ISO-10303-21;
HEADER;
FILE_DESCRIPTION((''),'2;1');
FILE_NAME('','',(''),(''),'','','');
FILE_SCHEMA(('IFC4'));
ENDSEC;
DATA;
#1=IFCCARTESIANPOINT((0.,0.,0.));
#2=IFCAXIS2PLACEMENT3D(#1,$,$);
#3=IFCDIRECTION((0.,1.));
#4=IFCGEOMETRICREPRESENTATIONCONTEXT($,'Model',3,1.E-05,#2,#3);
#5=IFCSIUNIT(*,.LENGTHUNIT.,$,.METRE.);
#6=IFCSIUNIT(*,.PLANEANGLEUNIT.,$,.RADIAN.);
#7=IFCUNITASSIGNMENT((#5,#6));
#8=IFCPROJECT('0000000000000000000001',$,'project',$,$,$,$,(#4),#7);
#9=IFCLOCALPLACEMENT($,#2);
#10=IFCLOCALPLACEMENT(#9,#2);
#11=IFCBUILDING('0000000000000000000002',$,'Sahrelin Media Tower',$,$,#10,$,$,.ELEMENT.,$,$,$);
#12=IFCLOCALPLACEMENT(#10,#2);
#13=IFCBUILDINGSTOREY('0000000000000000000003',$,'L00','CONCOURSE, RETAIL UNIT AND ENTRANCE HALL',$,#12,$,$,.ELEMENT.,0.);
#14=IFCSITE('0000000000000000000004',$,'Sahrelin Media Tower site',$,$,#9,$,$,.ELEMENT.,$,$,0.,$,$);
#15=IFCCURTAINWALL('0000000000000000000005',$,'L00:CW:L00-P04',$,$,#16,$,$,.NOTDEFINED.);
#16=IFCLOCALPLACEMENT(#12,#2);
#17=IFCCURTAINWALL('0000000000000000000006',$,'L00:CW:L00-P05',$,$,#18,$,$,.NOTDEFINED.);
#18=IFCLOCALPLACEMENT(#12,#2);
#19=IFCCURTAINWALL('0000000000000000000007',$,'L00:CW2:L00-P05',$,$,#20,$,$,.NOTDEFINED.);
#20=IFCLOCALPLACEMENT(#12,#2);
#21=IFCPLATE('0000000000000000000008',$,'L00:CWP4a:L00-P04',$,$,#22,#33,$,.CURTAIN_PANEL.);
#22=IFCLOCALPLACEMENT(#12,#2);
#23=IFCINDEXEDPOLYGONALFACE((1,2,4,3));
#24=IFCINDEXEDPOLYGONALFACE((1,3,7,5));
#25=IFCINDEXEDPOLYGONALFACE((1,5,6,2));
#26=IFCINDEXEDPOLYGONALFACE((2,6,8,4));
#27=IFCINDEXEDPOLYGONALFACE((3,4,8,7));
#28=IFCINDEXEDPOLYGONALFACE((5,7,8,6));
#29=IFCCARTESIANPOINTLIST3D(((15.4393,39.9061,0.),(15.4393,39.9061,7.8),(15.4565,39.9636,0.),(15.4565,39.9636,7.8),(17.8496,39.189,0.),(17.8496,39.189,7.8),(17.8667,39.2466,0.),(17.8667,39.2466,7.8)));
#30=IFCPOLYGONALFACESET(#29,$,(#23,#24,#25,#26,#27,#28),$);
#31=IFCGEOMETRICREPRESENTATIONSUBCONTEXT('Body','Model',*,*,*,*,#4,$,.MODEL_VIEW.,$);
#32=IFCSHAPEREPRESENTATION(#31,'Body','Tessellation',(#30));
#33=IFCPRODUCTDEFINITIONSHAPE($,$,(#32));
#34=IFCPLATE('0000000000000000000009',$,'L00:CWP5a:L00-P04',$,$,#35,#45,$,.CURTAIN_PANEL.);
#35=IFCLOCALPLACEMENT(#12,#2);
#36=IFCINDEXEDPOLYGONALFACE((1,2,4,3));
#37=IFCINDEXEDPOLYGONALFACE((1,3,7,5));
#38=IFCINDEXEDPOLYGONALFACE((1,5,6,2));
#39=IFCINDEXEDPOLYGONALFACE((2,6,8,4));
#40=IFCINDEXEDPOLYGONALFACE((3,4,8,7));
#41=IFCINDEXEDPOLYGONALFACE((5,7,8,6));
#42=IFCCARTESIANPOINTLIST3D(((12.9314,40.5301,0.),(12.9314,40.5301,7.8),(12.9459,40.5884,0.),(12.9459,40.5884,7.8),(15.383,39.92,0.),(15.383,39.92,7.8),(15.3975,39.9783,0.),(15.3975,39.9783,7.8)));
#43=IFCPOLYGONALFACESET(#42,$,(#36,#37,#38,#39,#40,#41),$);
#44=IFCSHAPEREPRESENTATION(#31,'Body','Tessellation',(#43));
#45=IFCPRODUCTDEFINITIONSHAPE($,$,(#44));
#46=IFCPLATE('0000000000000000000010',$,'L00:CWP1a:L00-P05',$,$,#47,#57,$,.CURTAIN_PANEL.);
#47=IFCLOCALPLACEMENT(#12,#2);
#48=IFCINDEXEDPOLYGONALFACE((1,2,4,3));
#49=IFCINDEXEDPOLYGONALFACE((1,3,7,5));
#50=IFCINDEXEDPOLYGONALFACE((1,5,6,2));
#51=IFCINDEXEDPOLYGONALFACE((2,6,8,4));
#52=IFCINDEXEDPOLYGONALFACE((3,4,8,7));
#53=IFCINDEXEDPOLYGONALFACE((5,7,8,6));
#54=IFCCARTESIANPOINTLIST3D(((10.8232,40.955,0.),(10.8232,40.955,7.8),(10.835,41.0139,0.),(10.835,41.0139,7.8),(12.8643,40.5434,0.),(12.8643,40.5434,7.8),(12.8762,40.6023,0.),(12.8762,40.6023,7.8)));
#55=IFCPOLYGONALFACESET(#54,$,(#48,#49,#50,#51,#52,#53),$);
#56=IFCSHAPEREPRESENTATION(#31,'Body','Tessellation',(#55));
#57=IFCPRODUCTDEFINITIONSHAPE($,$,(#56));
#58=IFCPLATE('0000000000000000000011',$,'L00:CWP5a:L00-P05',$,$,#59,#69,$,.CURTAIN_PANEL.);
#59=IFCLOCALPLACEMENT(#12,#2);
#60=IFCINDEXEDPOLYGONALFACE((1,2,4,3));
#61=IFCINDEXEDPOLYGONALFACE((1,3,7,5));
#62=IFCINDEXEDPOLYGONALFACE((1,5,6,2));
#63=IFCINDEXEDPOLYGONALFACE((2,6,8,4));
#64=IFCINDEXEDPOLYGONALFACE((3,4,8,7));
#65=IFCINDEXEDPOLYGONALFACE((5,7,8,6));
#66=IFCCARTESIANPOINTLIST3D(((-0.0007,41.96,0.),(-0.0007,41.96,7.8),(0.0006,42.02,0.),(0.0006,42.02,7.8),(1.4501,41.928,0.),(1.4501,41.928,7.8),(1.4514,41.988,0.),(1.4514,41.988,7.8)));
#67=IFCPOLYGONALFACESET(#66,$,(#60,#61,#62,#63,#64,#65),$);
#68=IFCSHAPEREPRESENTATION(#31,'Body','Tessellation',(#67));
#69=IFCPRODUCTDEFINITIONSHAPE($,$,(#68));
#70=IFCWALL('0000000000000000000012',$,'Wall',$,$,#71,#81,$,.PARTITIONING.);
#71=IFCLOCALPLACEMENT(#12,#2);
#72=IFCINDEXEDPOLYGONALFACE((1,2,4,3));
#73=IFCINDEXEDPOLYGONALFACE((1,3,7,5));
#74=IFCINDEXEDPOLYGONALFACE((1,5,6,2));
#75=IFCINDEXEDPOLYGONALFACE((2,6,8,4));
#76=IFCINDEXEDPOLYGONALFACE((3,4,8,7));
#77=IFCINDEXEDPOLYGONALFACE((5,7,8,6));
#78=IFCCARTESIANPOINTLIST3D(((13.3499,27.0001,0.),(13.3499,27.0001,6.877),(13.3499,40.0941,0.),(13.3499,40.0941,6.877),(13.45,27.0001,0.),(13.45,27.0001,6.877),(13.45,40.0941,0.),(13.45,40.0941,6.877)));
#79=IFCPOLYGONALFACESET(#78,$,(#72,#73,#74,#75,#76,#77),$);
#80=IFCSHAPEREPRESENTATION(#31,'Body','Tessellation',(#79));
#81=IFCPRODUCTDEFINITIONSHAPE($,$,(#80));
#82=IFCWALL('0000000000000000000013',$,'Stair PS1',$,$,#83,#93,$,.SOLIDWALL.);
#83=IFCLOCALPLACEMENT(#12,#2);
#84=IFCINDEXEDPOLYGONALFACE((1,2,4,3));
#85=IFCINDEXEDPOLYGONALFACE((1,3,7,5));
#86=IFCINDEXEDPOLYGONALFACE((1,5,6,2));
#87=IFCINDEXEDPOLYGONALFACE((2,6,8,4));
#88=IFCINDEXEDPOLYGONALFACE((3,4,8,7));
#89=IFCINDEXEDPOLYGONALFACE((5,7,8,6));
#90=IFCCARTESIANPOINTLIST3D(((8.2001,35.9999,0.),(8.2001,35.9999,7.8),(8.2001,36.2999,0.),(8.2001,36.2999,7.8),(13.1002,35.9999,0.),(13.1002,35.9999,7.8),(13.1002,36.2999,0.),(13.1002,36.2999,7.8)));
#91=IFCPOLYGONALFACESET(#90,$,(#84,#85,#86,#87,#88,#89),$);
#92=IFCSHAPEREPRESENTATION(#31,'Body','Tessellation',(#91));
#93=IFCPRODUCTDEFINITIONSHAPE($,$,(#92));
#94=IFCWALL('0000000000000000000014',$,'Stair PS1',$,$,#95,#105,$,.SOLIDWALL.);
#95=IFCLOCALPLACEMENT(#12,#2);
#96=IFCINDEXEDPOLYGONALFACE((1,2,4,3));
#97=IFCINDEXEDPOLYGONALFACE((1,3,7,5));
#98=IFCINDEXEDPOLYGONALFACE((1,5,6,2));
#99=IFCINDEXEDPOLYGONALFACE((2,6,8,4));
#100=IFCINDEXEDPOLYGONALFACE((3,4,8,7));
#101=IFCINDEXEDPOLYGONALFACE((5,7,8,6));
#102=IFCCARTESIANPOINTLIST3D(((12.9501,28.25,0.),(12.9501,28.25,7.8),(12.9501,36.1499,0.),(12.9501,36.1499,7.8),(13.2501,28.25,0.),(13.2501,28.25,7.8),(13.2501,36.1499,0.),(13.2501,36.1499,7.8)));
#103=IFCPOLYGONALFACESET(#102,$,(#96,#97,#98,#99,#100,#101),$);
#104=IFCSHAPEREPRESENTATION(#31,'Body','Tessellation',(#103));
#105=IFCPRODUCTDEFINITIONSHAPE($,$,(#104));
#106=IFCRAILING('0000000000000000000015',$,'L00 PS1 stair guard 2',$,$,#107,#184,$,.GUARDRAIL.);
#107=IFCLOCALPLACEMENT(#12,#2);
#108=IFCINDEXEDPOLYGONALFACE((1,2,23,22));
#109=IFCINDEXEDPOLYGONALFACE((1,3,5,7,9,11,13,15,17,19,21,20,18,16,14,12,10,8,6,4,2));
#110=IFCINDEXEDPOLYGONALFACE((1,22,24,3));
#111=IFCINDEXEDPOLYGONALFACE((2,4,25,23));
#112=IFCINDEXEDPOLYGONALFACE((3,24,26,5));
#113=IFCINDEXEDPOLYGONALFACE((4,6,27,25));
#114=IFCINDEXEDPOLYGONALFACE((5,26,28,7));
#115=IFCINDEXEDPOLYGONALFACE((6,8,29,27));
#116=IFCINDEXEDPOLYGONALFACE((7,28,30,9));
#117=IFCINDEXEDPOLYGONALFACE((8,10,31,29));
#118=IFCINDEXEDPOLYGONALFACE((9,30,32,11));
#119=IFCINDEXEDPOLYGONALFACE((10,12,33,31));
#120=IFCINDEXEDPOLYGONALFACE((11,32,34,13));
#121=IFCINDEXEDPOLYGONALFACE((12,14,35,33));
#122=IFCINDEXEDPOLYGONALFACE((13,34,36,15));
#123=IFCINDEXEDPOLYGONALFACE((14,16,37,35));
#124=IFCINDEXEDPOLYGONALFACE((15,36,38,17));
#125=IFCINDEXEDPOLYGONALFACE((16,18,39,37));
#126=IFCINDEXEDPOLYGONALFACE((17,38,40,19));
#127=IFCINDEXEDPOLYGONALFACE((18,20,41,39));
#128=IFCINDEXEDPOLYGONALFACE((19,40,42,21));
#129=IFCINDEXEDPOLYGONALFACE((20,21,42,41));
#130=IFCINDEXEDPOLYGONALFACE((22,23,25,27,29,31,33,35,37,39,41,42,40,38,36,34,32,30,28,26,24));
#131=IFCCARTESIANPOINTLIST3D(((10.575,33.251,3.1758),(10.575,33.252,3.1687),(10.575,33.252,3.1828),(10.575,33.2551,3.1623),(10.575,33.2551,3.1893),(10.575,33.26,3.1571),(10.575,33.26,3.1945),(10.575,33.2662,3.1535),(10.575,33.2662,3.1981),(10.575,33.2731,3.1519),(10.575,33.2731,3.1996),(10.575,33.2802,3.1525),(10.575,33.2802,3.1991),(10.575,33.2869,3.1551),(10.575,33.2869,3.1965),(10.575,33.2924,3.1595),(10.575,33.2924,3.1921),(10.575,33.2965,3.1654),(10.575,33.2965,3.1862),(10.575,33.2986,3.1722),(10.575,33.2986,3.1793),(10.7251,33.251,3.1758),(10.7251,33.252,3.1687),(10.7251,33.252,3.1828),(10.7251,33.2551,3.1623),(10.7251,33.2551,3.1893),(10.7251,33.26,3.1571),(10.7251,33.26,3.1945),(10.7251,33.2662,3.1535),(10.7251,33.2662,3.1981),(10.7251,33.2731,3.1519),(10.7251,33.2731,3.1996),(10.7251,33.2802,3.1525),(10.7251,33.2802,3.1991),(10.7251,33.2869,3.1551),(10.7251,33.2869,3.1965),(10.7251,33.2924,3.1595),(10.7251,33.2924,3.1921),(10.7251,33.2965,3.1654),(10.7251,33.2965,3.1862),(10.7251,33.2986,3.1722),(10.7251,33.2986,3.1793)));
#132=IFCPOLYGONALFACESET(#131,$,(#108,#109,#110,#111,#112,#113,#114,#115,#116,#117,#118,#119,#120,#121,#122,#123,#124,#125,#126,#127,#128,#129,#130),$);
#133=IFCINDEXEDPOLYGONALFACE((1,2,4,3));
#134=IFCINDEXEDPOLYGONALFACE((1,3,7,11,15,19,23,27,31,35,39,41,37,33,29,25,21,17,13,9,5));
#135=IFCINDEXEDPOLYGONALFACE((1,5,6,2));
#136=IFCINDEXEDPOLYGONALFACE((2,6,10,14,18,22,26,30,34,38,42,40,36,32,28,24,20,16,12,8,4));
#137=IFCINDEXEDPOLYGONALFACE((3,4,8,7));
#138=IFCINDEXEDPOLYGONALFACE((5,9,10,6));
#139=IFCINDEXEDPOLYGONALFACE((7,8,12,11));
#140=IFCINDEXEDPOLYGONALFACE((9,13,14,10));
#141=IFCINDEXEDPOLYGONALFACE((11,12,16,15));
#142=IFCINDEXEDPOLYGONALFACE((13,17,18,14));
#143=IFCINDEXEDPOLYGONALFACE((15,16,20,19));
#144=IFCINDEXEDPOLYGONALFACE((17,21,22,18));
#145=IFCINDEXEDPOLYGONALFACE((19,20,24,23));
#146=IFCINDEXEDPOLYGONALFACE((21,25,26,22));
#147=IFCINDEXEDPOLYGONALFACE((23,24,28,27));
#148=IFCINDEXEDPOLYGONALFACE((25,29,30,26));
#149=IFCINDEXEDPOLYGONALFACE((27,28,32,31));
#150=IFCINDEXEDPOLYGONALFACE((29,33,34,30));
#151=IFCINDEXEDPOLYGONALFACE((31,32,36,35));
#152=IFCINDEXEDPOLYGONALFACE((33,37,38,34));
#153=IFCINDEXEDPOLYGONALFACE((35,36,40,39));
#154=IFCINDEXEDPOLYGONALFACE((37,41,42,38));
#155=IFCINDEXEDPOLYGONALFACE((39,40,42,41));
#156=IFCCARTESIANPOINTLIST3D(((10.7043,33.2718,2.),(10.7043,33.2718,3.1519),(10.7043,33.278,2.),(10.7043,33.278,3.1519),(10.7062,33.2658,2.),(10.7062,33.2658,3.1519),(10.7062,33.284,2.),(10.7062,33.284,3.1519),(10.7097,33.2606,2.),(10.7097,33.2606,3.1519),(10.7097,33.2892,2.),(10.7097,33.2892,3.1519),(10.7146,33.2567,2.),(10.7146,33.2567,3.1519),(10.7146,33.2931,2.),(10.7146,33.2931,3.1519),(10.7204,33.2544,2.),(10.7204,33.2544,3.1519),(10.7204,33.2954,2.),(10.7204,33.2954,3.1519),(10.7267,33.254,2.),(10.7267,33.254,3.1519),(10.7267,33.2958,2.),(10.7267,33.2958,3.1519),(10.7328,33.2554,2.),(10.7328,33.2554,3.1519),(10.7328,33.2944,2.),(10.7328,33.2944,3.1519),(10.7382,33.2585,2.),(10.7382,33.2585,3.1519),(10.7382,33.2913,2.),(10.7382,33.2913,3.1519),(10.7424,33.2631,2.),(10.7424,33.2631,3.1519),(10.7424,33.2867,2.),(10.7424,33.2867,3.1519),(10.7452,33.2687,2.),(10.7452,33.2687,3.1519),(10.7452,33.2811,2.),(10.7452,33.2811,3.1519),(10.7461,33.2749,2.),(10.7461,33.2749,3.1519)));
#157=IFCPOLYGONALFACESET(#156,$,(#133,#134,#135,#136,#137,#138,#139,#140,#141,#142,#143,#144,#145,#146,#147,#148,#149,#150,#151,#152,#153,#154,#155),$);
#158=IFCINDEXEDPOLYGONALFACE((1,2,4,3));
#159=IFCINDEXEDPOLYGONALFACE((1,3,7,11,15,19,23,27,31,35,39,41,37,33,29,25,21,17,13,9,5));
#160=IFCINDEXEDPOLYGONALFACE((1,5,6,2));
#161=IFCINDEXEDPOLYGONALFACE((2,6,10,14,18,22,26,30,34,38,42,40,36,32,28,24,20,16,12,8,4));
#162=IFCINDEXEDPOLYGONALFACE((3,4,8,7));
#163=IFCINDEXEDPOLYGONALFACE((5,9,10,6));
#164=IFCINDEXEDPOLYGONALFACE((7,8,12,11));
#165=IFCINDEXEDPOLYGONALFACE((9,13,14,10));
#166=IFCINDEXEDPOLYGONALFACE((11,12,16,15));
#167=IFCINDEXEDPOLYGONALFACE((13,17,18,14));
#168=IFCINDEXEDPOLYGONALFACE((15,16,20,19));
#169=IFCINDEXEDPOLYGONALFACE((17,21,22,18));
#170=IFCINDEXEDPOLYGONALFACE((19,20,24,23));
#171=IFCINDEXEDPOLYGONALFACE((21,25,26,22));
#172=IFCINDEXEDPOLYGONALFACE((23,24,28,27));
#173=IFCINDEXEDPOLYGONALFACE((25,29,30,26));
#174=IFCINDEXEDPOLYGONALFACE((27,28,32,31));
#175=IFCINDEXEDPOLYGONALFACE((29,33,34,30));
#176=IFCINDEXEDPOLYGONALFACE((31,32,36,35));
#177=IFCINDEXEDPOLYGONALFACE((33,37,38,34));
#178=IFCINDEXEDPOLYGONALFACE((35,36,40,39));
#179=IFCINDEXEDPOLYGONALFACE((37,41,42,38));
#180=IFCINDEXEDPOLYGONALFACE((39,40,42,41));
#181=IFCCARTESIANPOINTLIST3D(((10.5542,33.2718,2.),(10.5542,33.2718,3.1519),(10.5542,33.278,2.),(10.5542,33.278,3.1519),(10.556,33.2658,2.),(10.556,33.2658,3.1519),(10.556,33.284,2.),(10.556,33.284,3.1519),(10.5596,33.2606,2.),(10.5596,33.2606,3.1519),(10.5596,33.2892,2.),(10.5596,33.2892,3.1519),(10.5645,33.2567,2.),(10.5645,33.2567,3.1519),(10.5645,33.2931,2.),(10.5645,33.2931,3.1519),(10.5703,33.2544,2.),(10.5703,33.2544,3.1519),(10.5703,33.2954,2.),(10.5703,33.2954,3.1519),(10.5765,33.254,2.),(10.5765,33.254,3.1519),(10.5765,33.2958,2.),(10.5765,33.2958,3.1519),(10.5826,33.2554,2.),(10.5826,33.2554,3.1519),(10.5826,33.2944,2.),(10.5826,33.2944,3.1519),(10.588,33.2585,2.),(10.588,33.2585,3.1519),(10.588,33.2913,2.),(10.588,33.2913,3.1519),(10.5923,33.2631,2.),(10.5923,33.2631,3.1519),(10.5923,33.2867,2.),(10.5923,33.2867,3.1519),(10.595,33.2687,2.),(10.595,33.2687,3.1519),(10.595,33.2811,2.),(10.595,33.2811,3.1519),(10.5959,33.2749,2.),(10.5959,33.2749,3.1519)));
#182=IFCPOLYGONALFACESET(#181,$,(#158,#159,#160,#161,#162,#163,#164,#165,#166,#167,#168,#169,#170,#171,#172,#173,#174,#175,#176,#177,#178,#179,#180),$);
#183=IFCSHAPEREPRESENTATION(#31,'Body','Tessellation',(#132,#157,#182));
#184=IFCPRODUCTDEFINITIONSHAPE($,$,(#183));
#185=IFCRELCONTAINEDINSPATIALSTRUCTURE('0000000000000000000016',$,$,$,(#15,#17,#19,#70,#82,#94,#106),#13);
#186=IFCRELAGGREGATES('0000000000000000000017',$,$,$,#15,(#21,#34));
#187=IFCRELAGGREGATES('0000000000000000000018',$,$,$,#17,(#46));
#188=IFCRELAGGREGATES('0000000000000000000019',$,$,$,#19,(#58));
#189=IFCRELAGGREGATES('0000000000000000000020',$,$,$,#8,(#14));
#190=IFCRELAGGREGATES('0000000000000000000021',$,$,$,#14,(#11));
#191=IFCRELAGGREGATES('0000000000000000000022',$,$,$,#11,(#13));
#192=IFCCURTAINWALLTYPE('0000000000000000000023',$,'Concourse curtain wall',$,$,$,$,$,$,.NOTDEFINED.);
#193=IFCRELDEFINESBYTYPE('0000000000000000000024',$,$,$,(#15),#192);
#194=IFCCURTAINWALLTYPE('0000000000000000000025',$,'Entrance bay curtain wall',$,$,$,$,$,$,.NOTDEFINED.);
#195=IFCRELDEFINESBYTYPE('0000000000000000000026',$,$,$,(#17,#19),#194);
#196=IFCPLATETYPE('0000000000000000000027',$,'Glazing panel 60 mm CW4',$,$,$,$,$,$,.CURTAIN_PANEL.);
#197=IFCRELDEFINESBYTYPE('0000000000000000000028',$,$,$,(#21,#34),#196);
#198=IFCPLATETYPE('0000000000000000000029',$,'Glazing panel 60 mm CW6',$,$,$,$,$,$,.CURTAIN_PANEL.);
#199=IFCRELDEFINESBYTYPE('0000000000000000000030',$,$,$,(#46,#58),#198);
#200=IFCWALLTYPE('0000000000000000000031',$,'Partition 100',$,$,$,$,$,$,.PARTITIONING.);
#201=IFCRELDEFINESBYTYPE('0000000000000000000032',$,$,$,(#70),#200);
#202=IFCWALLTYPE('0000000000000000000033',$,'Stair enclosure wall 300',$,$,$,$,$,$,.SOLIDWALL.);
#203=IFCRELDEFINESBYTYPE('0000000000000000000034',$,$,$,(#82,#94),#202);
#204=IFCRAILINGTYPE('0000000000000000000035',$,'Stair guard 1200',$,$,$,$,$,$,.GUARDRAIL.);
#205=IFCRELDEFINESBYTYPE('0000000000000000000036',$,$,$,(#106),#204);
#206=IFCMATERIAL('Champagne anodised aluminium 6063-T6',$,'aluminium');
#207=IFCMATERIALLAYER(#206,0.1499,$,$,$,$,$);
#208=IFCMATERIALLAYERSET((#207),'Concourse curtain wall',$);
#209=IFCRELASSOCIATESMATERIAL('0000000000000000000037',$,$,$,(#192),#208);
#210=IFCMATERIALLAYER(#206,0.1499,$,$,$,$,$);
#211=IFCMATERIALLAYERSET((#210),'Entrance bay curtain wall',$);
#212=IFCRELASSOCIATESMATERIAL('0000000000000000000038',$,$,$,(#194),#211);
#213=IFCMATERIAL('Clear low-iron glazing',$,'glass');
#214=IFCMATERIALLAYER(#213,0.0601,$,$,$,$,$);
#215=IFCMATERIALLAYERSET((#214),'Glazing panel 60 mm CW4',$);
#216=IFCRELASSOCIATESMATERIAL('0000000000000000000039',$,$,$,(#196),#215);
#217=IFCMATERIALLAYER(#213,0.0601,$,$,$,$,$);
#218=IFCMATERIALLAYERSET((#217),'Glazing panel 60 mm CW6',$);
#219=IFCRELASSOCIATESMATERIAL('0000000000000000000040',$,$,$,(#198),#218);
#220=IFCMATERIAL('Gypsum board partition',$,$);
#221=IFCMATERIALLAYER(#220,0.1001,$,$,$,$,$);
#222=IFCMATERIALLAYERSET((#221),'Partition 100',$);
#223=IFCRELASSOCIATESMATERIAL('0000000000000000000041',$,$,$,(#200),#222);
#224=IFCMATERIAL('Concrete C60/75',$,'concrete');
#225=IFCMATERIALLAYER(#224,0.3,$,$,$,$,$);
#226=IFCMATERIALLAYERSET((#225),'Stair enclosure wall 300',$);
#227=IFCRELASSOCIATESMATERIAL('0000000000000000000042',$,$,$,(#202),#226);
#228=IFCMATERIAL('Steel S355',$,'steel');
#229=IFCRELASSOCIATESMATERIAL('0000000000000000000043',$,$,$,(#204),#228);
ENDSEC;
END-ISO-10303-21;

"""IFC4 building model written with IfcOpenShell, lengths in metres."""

from ifc_helpers import new_model, si_unit, direction, frame, frame_2d, origin, origin_2d, place, context, subcontext, project, spatial, polyline, rectangle, circle, outline, extrude, material, layer, layer_set, type_object, element, aggregate, save


model = new_model("IFC4")

# Units and contexts
model_context = context("Model", 3, precision=1e-05, world=origin(), true_north=direction((0.0, 1.0)))
body_context = subcontext(model_context, "Body", "Model", "MODEL_VIEW")
ifc_project = project(units=[si_unit("LENGTHUNIT", "METRE"), si_unit("PLANEANGLEUNIT", "RADIAN")], contexts=[model_context])

# Site, building, storey
site_placement = place(None, origin())
site = spatial("IfcSite", under=ifc_project, at=site_placement, Name="Sahrelin Media Tower site", CompositionType="ELEMENT", RefElevation=0.0)
building_placement = place(site_placement, origin())
building = spatial("IfcBuilding", under=site, at=building_placement, Name="Sahrelin Media Tower", CompositionType="ELEMENT")
storey_placement = place(building_placement, origin())
storey = spatial("IfcBuildingStorey", under=building, at=storey_placement, Name="L00", Description="CONCOURSE, RETAIL UNIT AND ENTRANCE HALL", CompositionType="ELEMENT", Elevation=0.0)

# Curtain wall
ifc_material_1 = material(Name="Champagne anodised aluminium 6063-T6", Category="aluminium")
ifc_layer_1 = layer(ifc_material_1, 0.1499)
ifc_layer_set_1 = layer_set([ifc_layer_1], Name="Concourse curtain wall")
curtain_wall_type_1 = type_object("IfcCurtainWallType", Name="Concourse curtain wall", PredefinedType="NOTDEFINED", material=ifc_layer_set_1)
curtain_wall_1_placement = place(storey_placement, frame((25.0, 36.373, 0.0), z_axis=(0.0, 0.0, 1.0), x_axis=(1.0, 0.0, 0.0)))
curtain_wall_1 = element("IfcCurtainWall", 1, at=curtain_wall_1_placement, inside=storey, type_object=curtain_wall_type_1, Name="L00:CW:L00-P04", PredefinedType="NOTDEFINED")

# Curtain wall
ifc_layer_2 = layer(ifc_material_1, 0.1499)
ifc_layer_set_2 = layer_set([ifc_layer_2], Name="Entrance bay curtain wall")
curtain_wall_type_2 = type_object("IfcCurtainWallType", Name="Entrance bay curtain wall", PredefinedType="NOTDEFINED", material=ifc_layer_set_2)
curtain_wall_2_placement = place(storey_placement, frame((12.9409, 40.5688, 0.0), z_axis=(0.0, 0.0, 1.0), x_axis=(1.0, 0.0, 0.0)))
curtain_wall_2 = element("IfcCurtainWall", 2, at=curtain_wall_2_placement, inside=storey, type_object=curtain_wall_type_2, Name="L00:CW:L00-P05", PredefinedType="NOTDEFINED")

# Shared definitions
ifc_material_2 = material(Name="Steel S355", Category="steel")

# Curtain wall
curtain_wall_3_placement = place(storey_placement, frame((1.4509, 41.968, 0.0), z_axis=(0.0, 0.0, 1.0), x_axis=(1.0, 0.0, 0.0)))
curtain_wall_3 = element("IfcCurtainWall", 3, at=curtain_wall_3_placement, inside=storey, type_object=curtain_wall_type_2, Name="L00:CW2:L00-P05", PredefinedType="NOTDEFINED")

# Plates
ifc_material_3 = material(Name="Clear low-iron glazing", Category="glass")
ifc_layer_3 = layer(ifc_material_3, 0.0601)
ifc_layer_set_3 = layer_set([ifc_layer_3], Name="Glazing panel 60 mm CW4")
plate_type_1 = type_object("IfcPlateType", Name="Glazing panel 60 mm CW4", PredefinedType="CURTAIN_PANEL", material=ifc_layer_set_3)
plate_1_placement = place(storey_placement, frame((17.8667, 39.2466, 0.0), z_axis=(0.285156, 0.958481, 0.0), x_axis=(-0.958481, 0.285156, 0.0)))
plate_1 = element("IfcPlate", 4, at=plate_1_placement, type_object=plate_type_1, Name="L00:CWP4a:L00-P04", PredefinedType="CURTAIN_PANEL", context=body_context, shape_type="SweptSolid", body=[
    extrude(outline(polyline([(0.0, 0.0), (2.5146, 0.0), (2.5146, 7.8), (0.0, 7.8), (0.0, 0.0)])), origin(), (0.0, 0.0, -1.0), 0.0601),
])
plate_2_placement = place(storey_placement, frame((15.3975, 39.9783, 0.0), z_axis=(0.24149, 0.970403, 0.0), x_axis=(-0.970403, 0.24149, 0.0)))
plate_2 = element("IfcPlate", 5, at=plate_2_placement, type_object=plate_type_1, Name="L00:CWP5a:L00-P04", PredefinedType="CURTAIN_PANEL", context=body_context, shape_type="SweptSolid", body=[
    extrude(outline(polyline([(0.0, 0.0), (2.5264, 0.0), (2.5264, 7.8), (0.0, 7.8), (0.0, 0.0)])), origin(), (0.0, 0.0, -1.0), 0.0601),
])
aggregate(curtain_wall_1, [plate_1, plate_2])
ifc_layer_4 = layer(ifc_material_3, 0.0601)
ifc_layer_set_4 = layer_set([ifc_layer_4], Name="Glazing panel 60 mm CW6")
plate_type_2 = type_object("IfcPlateType", Name="Glazing panel 60 mm CW6", PredefinedType="CURTAIN_PANEL", material=ifc_layer_set_4)
plate_3_placement = place(storey_placement, frame((12.8762, 40.6023, 0.0), z_axis=(0.197672, 0.980268, 0.0), x_axis=(-0.980268, 0.197672, 0.0)))
plate_3 = element("IfcPlate", 6, at=plate_3_placement, type_object=plate_type_2, Name="L00:CWP1a:L00-P05", PredefinedType="CURTAIN_PANEL", context=body_context, shape_type="SweptSolid", body=[
    extrude(outline(polyline([(0.0, 0.0), (2.0823, 0.0), (2.0823, 7.8), (0.0, 7.8), (0.0, 0.0)])), origin(), (0.0, 0.0, -1.0), 0.0601),
])
aggregate(curtain_wall_2, [plate_3])
plate_4_placement = place(storey_placement, frame((1.4514, 41.988, 0.0), z_axis=(0.022037, 0.999757, 0.0), x_axis=(-0.999757, 0.022037, 0.0)))
plate_4 = element("IfcPlate", 7, at=plate_4_placement, type_object=plate_type_2, Name="L00:CWP5a:L00-P05", PredefinedType="CURTAIN_PANEL", context=body_context, shape_type="SweptSolid", body=[
    extrude(outline(polyline([(0.0, 0.0), (1.4512, 0.0), (1.4512, 7.8), (0.0, 7.8), (0.0, 0.0)])), origin(), (0.0, 0.0, -1.0), 0.0601),
])
aggregate(curtain_wall_3, [plate_4])

# Walls
ifc_material_4 = material(Name="Gypsum board partition")
ifc_layer_5 = layer(ifc_material_4, 0.1001)
ifc_layer_set_5 = layer_set([ifc_layer_5], Name="Partition 100")
wall_type_1 = type_object("IfcWallType", Name="Partition 100", PredefinedType="PARTITIONING", material=ifc_layer_set_5)
wall_1_placement = place(storey_placement, frame((13.3999, 40.094, 0.0), z_axis=(0.0, 0.0, 1.0), x_axis=(0.0, -1.0, 0.0)))
element("IfcWall", 8, at=wall_1_placement, inside=storey, type_object=wall_type_1, Name="Wall", PredefinedType="PARTITIONING", context=body_context, shape_type="SweptSolid", body=[
    extrude(rectangle(XDim=13.094, YDim=0.1001, at=frame_2d((6.5469, 0.0))), origin(), (0.0, 0.0, 1.0), 6.877),
])
ifc_material_5 = material(Name="Concrete C60/75", Category="concrete")
ifc_layer_6 = layer(ifc_material_5, 0.3)
ifc_layer_set_6 = layer_set([ifc_layer_6], Name="Stair enclosure wall 300")
wall_type_2 = type_object("IfcWallType", Name="Stair enclosure wall 300", PredefinedType="SOLIDWALL", material=ifc_layer_set_6)
wall_2_placement = place(storey_placement, frame((8.2, 36.1499, 0.0), z_axis=(0.0, 0.0, 1.0), x_axis=(1.0, 0.0, 0.0)))
element("IfcWall", 9, at=wall_2_placement, inside=storey, type_object=wall_type_2, Name="Stair PS1", PredefinedType="SOLIDWALL", context=body_context, shape_type="SweptSolid", body=[
    extrude(rectangle(XDim=4.9001, YDim=0.3, at=frame_2d((2.4502, 0.0))), origin(), (0.0, 0.0, 1.0), 7.8),
])
wall_3_placement = place(storey_placement, frame((13.1001, 36.1499, 0.0), z_axis=(0.0, 0.0, 1.0), x_axis=(0.0, -1.0, 0.0)))
element("IfcWall", 10, at=wall_3_placement, inside=storey, type_object=wall_type_2, Name="Stair PS1", PredefinedType="SOLIDWALL", context=body_context, shape_type="SweptSolid", body=[
    extrude(rectangle(XDim=7.8999, YDim=0.3, at=frame_2d((3.95, 0.0))), origin(), (0.0, 0.0, 1.0), 7.8),
])

# Railing
railing_type = type_object("IfcRailingType", Name="Stair guard 1200", PredefinedType="GUARDRAIL", material=ifc_material_2)
for number, where, name in (
    (11, (10.7251, 33.2749, 2.0), "L00 PS1 stair guard 2"),
):
    element("IfcRailing", number, at=place(storey_placement, frame(where)), inside=storey, type_object=railing_type, Name=name, PredefinedType="GUARDRAIL", context=body_context, shape_type="SweptSolid", body=[
        extrude(circle(Radius=0.0239, at=origin_2d()), frame((0.0, 0.0, 1.1758), z_axis=(-1.0, 0.0, 0.0), x_axis=(0.0, -1.0, 0.0)), (0.0, 0.0, 1.0), 0.1501),
        extrude(circle(Radius=0.021, at=origin_2d()), origin(), (0.0, 0.0, 1.0), 1.1519),
        extrude(circle(Radius=0.021, at=origin_2d()), frame((-0.1501, 0.0, 0.0)), (0.0, 0.0, 1.0), 1.1519),
    ])

save(model, "model.ifc")
